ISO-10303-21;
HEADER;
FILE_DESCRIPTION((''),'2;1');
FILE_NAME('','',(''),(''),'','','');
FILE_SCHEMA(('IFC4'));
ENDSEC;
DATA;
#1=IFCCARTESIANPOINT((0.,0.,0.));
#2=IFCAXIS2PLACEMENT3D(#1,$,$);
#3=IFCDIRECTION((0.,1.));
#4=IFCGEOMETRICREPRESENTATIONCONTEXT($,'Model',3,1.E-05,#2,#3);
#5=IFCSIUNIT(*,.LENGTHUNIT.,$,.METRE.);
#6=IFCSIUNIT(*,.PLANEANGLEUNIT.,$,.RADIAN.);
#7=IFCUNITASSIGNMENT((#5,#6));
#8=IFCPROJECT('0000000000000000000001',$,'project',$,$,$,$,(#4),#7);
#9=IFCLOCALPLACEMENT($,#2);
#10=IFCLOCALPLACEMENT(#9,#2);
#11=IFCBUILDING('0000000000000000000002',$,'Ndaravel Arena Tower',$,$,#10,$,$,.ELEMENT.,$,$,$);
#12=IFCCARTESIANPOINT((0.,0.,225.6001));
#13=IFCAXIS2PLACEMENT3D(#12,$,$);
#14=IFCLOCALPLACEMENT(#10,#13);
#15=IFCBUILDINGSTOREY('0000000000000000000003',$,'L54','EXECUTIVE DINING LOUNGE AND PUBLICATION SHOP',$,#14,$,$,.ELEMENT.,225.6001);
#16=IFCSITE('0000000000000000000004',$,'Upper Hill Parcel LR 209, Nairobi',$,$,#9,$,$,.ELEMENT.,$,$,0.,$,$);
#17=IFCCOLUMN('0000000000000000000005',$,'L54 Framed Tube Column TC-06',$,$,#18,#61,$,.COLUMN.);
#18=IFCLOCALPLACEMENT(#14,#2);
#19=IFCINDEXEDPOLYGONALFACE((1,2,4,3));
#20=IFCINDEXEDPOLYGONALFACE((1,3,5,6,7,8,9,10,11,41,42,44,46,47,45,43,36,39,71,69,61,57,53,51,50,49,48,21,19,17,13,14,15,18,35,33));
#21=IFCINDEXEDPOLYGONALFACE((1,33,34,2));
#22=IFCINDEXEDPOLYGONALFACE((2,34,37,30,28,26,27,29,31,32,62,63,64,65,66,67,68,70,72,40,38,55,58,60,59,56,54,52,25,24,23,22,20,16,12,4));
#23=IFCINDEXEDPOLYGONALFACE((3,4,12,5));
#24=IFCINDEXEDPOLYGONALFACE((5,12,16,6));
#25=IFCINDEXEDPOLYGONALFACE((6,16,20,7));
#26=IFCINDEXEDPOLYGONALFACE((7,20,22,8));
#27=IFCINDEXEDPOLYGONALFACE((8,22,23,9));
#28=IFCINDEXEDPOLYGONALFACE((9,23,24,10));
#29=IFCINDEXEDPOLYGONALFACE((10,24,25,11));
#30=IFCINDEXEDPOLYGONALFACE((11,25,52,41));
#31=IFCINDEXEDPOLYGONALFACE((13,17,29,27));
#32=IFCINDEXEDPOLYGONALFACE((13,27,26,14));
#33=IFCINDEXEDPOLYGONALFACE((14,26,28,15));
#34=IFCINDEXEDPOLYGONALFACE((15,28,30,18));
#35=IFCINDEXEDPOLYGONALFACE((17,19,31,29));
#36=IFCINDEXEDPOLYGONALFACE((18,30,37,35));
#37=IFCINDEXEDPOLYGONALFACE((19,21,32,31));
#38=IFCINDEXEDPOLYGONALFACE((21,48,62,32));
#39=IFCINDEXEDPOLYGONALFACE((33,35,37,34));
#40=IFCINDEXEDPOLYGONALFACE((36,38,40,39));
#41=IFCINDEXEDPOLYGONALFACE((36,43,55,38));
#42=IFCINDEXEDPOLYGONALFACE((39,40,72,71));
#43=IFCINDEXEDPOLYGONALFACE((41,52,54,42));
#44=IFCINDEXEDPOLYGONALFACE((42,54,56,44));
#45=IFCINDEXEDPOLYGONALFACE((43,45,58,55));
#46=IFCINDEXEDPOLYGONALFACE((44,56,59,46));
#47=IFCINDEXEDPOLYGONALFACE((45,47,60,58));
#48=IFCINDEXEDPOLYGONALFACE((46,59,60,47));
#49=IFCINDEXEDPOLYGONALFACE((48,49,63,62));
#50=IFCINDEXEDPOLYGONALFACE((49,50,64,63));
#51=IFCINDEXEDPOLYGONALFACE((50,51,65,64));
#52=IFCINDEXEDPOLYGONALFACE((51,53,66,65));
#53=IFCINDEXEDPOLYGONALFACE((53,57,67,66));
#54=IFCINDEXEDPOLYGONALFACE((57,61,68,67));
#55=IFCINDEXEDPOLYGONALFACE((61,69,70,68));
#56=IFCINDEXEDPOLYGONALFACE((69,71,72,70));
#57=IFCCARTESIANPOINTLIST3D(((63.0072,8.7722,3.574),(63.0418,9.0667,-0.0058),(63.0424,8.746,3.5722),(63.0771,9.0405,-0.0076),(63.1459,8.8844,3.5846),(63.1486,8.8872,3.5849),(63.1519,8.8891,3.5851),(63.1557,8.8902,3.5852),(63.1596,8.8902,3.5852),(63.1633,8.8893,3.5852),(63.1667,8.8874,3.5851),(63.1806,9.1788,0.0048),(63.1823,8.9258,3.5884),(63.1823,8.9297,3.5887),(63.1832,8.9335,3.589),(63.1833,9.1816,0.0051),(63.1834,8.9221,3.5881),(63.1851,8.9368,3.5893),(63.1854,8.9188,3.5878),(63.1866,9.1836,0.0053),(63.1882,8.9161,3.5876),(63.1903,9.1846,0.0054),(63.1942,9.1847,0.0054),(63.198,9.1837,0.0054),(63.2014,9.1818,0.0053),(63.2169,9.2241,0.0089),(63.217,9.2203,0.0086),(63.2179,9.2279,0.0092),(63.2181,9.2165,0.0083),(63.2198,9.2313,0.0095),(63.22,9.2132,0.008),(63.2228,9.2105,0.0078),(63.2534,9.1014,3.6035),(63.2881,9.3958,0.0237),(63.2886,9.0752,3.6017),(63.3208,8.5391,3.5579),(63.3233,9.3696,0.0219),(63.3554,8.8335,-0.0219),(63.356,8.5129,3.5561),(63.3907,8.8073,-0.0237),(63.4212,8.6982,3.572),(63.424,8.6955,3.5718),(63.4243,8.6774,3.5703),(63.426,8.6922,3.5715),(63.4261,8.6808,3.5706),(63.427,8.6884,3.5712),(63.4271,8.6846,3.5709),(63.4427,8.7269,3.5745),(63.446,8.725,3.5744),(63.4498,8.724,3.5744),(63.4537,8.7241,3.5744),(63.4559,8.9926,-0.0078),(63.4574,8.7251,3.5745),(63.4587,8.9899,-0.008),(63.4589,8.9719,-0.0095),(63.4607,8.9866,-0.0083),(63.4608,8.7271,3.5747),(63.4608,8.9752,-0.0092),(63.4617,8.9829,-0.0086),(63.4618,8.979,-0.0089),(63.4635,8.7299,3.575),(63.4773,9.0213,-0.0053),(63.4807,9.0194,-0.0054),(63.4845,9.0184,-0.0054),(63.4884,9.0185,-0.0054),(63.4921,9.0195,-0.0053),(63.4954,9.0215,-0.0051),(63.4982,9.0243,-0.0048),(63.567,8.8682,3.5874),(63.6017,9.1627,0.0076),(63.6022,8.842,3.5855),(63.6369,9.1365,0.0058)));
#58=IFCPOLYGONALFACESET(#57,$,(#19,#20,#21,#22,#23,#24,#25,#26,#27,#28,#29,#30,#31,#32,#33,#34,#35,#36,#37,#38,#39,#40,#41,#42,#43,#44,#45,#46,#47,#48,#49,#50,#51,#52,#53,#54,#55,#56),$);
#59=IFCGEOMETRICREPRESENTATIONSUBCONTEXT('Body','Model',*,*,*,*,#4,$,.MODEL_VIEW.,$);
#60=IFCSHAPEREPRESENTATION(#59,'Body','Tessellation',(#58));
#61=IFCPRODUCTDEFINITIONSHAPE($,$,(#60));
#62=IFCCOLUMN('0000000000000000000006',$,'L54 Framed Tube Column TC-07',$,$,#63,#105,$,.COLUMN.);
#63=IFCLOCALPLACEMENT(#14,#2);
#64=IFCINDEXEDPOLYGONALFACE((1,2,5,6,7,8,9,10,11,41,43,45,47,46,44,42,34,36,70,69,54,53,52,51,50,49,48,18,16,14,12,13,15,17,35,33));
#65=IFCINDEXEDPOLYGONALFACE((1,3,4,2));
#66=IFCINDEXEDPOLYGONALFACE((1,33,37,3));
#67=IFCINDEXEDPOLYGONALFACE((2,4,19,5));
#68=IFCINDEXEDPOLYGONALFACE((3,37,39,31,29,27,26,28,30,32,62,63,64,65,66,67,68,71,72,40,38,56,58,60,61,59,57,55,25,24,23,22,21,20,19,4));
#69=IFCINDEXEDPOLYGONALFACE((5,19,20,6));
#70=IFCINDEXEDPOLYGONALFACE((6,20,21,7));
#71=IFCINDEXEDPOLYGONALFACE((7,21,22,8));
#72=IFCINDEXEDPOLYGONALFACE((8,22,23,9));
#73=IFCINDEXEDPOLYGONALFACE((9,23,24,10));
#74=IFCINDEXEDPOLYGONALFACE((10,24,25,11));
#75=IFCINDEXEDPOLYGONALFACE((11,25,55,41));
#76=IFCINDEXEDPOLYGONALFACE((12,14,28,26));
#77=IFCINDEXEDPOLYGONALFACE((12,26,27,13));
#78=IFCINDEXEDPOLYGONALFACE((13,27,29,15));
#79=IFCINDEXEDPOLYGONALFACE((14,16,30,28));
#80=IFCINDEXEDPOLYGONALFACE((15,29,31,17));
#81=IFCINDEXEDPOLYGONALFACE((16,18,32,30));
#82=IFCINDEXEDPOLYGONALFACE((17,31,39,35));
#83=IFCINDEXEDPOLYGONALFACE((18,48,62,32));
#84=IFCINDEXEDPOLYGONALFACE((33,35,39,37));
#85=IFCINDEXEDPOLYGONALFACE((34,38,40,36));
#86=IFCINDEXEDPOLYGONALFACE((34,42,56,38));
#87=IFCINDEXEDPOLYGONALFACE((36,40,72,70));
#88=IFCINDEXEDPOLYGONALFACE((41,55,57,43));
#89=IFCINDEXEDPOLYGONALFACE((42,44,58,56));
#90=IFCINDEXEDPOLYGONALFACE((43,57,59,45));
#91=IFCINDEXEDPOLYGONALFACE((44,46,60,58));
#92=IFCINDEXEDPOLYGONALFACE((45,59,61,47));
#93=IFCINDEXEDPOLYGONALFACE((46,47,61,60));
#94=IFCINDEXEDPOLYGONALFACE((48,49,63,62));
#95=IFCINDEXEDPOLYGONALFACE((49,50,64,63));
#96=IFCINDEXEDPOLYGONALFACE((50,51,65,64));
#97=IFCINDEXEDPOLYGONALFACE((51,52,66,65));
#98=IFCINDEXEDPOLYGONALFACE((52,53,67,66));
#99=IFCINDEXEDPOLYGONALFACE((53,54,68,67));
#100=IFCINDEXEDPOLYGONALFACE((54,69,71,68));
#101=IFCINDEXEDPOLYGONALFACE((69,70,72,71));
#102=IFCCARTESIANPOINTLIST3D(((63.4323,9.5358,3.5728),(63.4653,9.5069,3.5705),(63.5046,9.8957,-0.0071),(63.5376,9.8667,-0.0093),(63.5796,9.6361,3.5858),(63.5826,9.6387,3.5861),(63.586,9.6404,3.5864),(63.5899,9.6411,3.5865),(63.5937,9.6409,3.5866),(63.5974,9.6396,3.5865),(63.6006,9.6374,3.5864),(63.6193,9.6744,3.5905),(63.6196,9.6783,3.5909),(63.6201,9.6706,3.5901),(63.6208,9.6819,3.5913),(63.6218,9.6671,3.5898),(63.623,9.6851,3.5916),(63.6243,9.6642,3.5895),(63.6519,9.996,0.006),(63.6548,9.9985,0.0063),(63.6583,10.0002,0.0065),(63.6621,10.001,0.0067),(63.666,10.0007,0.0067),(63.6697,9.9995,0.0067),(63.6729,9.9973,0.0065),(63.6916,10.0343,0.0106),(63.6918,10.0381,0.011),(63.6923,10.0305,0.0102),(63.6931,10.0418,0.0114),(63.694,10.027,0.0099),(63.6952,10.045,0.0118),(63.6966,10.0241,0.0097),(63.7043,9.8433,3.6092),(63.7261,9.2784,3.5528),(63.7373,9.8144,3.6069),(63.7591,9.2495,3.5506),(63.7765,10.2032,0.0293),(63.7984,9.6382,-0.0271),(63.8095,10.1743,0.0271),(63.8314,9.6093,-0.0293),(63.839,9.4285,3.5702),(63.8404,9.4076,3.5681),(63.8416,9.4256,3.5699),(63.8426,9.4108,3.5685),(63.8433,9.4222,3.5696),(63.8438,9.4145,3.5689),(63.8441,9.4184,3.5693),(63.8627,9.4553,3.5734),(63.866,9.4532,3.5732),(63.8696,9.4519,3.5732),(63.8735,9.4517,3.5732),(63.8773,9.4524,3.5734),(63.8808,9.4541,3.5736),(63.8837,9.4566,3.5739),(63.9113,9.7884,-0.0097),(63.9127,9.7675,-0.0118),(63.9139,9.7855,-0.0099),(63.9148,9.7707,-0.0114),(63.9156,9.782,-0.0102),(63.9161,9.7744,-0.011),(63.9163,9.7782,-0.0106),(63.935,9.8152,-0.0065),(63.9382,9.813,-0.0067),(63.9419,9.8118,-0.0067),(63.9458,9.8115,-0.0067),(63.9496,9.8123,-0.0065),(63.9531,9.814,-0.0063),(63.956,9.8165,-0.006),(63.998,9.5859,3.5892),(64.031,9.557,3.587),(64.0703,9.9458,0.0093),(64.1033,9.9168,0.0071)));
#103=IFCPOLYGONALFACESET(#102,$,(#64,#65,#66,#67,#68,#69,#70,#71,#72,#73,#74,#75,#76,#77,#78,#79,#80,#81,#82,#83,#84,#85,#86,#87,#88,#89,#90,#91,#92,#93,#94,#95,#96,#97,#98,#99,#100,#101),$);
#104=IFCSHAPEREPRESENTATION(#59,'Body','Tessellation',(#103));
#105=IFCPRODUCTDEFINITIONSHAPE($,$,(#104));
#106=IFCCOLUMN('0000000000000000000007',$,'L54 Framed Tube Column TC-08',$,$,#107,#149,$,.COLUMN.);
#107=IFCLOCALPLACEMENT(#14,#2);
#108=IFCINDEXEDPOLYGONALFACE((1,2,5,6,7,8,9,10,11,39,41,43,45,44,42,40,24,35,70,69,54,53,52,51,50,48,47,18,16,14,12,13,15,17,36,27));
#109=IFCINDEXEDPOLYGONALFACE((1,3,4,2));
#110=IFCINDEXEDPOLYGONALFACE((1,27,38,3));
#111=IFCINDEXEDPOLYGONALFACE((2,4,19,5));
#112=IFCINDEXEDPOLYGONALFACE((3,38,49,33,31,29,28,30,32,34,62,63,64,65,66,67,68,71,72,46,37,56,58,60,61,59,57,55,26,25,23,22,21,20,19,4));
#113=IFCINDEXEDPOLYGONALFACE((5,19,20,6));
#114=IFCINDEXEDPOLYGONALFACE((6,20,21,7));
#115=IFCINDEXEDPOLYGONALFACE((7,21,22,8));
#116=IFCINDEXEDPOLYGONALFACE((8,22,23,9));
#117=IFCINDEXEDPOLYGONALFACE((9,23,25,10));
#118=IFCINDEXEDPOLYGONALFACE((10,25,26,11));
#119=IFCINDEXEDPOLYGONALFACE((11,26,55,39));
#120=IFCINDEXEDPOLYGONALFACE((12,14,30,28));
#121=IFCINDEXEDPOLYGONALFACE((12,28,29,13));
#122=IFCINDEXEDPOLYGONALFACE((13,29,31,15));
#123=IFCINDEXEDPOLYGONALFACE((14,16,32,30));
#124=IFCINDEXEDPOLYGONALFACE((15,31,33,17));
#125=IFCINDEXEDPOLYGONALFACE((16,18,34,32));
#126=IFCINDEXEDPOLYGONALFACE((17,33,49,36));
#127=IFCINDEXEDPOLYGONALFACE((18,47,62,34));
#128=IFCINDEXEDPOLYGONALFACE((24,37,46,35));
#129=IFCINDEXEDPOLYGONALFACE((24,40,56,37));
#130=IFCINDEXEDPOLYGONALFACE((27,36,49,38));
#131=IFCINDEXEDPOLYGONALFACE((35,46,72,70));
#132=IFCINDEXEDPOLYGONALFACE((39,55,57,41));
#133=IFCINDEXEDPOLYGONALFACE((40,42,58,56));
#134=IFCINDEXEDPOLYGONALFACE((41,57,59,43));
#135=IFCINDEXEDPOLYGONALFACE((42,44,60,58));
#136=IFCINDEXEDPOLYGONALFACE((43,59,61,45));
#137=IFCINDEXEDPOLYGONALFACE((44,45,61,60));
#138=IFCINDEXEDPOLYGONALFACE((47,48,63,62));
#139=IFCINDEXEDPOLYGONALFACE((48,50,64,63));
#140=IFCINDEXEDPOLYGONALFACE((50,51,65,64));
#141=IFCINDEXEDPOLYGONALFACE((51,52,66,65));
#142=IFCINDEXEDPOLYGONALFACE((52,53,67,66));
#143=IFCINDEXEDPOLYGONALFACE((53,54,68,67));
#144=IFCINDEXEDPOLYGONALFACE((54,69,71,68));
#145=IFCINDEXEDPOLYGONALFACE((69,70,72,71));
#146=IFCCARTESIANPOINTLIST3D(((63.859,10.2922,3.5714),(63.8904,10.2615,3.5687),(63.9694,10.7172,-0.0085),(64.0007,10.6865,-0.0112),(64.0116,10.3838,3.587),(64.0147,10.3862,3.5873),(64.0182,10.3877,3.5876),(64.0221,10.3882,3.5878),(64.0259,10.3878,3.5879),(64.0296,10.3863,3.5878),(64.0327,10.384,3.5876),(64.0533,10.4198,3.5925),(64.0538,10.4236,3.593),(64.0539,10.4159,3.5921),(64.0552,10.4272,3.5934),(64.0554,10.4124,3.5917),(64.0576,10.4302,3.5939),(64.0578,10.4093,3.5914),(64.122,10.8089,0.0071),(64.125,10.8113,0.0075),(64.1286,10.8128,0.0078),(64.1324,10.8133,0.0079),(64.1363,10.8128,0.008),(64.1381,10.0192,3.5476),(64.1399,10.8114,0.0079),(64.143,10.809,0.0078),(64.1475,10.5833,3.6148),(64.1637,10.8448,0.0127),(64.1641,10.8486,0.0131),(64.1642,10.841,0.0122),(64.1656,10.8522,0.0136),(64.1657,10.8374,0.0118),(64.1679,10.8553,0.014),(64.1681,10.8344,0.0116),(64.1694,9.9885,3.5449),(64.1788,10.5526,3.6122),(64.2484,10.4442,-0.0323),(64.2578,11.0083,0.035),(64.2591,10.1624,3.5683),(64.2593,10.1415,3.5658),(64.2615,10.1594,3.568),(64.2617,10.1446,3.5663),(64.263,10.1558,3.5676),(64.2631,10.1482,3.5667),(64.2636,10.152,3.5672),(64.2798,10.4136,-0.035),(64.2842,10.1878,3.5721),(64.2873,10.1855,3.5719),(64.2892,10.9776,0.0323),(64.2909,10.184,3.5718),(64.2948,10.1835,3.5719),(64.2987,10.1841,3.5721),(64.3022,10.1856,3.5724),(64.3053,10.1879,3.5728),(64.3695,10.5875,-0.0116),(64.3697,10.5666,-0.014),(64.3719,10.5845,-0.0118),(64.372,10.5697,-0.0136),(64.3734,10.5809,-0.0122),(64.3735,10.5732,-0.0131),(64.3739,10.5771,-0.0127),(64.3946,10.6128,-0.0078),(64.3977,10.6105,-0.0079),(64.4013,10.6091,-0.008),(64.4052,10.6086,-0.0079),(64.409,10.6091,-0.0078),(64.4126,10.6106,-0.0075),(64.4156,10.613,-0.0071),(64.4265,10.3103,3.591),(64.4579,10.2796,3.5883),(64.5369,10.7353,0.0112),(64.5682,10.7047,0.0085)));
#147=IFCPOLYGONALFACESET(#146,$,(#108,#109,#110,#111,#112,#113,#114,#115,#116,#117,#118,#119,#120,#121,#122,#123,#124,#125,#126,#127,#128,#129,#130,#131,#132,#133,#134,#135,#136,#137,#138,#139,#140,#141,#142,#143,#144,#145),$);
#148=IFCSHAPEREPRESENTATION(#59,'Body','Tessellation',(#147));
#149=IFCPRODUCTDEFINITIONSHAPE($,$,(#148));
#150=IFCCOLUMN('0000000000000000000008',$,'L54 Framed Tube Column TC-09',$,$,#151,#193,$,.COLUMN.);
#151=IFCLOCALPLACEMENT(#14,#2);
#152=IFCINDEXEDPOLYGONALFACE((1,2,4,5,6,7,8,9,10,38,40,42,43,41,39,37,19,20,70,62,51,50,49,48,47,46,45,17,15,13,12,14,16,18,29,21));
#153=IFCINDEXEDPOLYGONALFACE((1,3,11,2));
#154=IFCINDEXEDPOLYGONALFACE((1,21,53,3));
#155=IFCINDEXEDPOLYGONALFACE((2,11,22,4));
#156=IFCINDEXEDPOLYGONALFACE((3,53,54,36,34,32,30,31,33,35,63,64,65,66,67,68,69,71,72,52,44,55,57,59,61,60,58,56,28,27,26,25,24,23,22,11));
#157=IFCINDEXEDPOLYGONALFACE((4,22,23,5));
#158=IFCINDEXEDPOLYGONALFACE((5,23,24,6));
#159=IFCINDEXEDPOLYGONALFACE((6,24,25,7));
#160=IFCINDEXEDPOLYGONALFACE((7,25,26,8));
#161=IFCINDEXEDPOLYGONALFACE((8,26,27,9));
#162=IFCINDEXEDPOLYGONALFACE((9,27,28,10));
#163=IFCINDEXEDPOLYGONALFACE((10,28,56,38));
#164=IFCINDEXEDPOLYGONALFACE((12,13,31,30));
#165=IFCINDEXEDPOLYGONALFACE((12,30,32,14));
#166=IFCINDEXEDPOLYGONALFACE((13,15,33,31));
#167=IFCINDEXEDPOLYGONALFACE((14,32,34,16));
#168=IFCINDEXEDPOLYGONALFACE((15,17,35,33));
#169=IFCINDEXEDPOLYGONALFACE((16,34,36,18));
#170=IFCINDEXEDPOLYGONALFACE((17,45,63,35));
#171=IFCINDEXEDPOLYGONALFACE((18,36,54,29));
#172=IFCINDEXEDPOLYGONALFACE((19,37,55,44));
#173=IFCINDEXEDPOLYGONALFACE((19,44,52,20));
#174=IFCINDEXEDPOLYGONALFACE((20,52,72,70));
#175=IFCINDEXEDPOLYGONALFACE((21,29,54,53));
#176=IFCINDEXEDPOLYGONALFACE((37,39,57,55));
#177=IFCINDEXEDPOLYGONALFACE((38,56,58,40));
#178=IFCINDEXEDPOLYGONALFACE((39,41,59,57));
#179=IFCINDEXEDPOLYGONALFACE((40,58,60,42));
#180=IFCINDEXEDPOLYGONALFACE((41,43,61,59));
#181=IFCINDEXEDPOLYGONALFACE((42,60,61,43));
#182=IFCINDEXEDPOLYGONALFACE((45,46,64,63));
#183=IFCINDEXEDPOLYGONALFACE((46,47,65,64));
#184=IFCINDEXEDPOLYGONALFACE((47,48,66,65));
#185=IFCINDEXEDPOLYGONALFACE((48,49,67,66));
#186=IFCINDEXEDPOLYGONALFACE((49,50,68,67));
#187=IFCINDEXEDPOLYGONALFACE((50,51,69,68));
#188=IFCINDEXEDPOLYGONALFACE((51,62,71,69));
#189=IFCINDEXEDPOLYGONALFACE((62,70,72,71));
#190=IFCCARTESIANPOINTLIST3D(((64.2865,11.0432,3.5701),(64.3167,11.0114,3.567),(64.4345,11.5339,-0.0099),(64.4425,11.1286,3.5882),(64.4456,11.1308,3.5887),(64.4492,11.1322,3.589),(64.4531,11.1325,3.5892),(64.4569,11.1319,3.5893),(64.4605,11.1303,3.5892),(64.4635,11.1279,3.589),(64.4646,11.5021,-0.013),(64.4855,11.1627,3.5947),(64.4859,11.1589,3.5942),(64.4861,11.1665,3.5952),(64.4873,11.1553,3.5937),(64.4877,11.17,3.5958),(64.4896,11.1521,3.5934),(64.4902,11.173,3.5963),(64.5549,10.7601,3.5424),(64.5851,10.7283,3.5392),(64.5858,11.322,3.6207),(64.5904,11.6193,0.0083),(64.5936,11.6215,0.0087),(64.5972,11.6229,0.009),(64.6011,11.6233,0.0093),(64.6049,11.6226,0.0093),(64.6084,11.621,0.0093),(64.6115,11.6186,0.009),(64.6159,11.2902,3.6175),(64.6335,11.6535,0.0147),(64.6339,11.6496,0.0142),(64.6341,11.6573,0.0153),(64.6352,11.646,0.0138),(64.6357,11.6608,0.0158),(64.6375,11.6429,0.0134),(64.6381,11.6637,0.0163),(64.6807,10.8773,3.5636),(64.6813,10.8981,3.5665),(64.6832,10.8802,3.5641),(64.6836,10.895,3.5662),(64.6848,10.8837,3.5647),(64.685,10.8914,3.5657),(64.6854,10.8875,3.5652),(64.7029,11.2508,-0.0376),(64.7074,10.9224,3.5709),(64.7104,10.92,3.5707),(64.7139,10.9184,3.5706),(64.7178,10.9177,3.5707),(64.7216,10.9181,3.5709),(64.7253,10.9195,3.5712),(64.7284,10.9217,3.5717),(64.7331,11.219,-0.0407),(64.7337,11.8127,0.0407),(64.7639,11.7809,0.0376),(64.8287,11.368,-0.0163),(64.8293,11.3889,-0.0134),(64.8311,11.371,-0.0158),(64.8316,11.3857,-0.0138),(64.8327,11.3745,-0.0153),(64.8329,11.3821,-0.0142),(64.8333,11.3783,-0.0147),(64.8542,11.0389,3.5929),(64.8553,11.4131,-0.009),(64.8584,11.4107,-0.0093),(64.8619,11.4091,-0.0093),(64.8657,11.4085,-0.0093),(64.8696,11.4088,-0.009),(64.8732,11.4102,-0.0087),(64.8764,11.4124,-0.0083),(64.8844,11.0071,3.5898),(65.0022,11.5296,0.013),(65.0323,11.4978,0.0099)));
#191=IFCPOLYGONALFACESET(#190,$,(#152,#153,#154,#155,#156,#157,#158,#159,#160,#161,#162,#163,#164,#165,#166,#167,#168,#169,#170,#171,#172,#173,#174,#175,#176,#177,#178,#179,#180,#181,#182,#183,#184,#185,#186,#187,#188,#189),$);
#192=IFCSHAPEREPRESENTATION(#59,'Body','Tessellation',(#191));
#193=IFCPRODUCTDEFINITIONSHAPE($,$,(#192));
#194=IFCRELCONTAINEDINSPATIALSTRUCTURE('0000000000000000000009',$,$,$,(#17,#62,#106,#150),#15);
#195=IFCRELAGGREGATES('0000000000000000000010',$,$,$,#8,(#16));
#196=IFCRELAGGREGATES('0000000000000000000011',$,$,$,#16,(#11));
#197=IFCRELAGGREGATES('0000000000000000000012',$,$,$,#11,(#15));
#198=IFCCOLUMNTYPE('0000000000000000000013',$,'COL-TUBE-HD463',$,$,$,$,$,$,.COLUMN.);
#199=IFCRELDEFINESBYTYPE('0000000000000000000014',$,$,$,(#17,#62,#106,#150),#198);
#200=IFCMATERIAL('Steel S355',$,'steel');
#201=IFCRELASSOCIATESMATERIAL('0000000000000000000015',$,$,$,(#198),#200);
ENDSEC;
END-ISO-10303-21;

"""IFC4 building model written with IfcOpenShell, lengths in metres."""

from ifc_helpers import new_model, si_unit, direction, frame, origin, origin_2d, place, context, subcontext, project, spatial, i_section, extrude, material, material_profile, profile_set, type_object, element, save


model = new_model("IFC4")

# Units and contexts
model_context = context("Model", 3, precision=1e-05, world=origin(), true_north=direction((0.0, 1.0)))
body_context = subcontext(model_context, "Body", "Model", "MODEL_VIEW")
ifc_project = project(units=[si_unit("LENGTHUNIT", "METRE"), si_unit("PLANEANGLEUNIT", "RADIAN")], contexts=[model_context])

# Site, building, storey
site_placement = place(None, origin())
site = spatial("IfcSite", under=ifc_project, at=site_placement, Name="Upper Hill Parcel LR 209, Nairobi", CompositionType="ELEMENT", RefElevation=0.0)
building_placement = place(site_placement, origin())
building = spatial("IfcBuilding", under=site, at=building_placement, Name="Ndaravel Arena Tower", CompositionType="ELEMENT")
storey_placement = place(building_placement, frame((0.0, 0.0, 225.6001)))
storey = spatial("IfcBuildingStorey", under=building, at=storey_placement, Name="L54", Description="EXECUTIVE DINING LOUNGE AND PUBLICATION SHOP", CompositionType="ELEMENT", Elevation=225.6001)

# Columns
ifc_material_1 = material(Name="Steel S355", Category="steel")
ifc_material_profile_1 = material_profile(ifc_material_1, i_section(OverallWidth=0.4121, OverallDepth=0.4351, WebThickness=0.0359, FlangeThickness=0.0439, FilletRadius=0.0149, at=origin_2d()), Name="HD 400x463")
ifc_profile_set_1 = profile_set([ifc_material_profile_1], Name="Steel S355")
column_type = type_object("IfcColumnType", Name="COL-TUBE-HD463", PredefinedType="COLUMN", material=ifc_profile_set_1)
column_1_placement = place(storey_placement, frame((63.3394, 9.1016, 0.0), z_axis=(-0.009651, -0.081967, 0.996588), x_axis=(0.597494, 0.798681, 0.071476)))
element("IfcColumn", 1, at=column_1_placement, inside=storey, type_object=column_type, Name="L54 Framed Tube Column TC-06", PredefinedType="COLUMN", context=body_context, shape_type="SweptSolid", body=[
    extrude(i_section(OverallWidth=0.4121, OverallDepth=0.4351, WebThickness=0.0359, FlangeThickness=0.0439, FilletRadius=0.0149, at=origin_2d()), origin(), (0.0, 0.0, 1.0), 3.592),
])
column_2_placement = place(storey_placement, frame((63.804, 9.9062, 0.0), z_axis=(-0.020082, -0.100001, 0.994785), x_axis=(0.65983, 0.746205, 0.088332)))
element("IfcColumn", 2, at=column_2_placement, inside=storey, type_object=column_type, Name="L54 Framed Tube Column TC-07", PredefinedType="COLUMN", context=body_context, shape_type="SweptSolid", body=[
    extrude(i_section(OverallWidth=0.4121, OverallDepth=0.4351, WebThickness=0.0359, FlangeThickness=0.0439, FilletRadius=0.0149, at=origin_2d()), origin(), (0.0, 0.0, 1.0), 3.5986),
])
column_3_placement = place(storey_placement, frame((64.2688, 10.7109, 0.0), z_axis=(-0.030597, -0.117851, 0.99256), x_axis=(0.69996, 0.706355, 0.105445)))
element("IfcColumn", 3, at=column_3_placement, inside=storey, type_object=column_type, Name="L54 Framed Tube Column TC-08", PredefinedType="COLUMN", context=body_context, shape_type="SweptSolid", body=[
    extrude(i_section(OverallWidth=0.4121, OverallDepth=0.4351, WebThickness=0.0359, FlangeThickness=0.0439, FilletRadius=0.0149, at=origin_2d()), origin(), (0.0, 0.0, 1.0), 3.6067),
])
column_4_placement = place(storey_placement, frame((64.7334, 11.5159, 0.0), z_axis=(-0.040911, -0.135696, 0.989905), x_axis=(0.726178, 0.676461, 0.122741)))
element("IfcColumn", 4, at=column_4_placement, inside=storey, type_object=column_type, Name="L54 Framed Tube Column TC-09", PredefinedType="COLUMN", context=body_context, shape_type="SweptSolid", body=[
    extrude(i_section(OverallWidth=0.4121, OverallDepth=0.4351, WebThickness=0.0359, FlangeThickness=0.0439, FilletRadius=0.0149, at=origin_2d()), origin(), (0.0, 0.0, 1.0), 3.6165),
])

save(model, "model.ifc")
